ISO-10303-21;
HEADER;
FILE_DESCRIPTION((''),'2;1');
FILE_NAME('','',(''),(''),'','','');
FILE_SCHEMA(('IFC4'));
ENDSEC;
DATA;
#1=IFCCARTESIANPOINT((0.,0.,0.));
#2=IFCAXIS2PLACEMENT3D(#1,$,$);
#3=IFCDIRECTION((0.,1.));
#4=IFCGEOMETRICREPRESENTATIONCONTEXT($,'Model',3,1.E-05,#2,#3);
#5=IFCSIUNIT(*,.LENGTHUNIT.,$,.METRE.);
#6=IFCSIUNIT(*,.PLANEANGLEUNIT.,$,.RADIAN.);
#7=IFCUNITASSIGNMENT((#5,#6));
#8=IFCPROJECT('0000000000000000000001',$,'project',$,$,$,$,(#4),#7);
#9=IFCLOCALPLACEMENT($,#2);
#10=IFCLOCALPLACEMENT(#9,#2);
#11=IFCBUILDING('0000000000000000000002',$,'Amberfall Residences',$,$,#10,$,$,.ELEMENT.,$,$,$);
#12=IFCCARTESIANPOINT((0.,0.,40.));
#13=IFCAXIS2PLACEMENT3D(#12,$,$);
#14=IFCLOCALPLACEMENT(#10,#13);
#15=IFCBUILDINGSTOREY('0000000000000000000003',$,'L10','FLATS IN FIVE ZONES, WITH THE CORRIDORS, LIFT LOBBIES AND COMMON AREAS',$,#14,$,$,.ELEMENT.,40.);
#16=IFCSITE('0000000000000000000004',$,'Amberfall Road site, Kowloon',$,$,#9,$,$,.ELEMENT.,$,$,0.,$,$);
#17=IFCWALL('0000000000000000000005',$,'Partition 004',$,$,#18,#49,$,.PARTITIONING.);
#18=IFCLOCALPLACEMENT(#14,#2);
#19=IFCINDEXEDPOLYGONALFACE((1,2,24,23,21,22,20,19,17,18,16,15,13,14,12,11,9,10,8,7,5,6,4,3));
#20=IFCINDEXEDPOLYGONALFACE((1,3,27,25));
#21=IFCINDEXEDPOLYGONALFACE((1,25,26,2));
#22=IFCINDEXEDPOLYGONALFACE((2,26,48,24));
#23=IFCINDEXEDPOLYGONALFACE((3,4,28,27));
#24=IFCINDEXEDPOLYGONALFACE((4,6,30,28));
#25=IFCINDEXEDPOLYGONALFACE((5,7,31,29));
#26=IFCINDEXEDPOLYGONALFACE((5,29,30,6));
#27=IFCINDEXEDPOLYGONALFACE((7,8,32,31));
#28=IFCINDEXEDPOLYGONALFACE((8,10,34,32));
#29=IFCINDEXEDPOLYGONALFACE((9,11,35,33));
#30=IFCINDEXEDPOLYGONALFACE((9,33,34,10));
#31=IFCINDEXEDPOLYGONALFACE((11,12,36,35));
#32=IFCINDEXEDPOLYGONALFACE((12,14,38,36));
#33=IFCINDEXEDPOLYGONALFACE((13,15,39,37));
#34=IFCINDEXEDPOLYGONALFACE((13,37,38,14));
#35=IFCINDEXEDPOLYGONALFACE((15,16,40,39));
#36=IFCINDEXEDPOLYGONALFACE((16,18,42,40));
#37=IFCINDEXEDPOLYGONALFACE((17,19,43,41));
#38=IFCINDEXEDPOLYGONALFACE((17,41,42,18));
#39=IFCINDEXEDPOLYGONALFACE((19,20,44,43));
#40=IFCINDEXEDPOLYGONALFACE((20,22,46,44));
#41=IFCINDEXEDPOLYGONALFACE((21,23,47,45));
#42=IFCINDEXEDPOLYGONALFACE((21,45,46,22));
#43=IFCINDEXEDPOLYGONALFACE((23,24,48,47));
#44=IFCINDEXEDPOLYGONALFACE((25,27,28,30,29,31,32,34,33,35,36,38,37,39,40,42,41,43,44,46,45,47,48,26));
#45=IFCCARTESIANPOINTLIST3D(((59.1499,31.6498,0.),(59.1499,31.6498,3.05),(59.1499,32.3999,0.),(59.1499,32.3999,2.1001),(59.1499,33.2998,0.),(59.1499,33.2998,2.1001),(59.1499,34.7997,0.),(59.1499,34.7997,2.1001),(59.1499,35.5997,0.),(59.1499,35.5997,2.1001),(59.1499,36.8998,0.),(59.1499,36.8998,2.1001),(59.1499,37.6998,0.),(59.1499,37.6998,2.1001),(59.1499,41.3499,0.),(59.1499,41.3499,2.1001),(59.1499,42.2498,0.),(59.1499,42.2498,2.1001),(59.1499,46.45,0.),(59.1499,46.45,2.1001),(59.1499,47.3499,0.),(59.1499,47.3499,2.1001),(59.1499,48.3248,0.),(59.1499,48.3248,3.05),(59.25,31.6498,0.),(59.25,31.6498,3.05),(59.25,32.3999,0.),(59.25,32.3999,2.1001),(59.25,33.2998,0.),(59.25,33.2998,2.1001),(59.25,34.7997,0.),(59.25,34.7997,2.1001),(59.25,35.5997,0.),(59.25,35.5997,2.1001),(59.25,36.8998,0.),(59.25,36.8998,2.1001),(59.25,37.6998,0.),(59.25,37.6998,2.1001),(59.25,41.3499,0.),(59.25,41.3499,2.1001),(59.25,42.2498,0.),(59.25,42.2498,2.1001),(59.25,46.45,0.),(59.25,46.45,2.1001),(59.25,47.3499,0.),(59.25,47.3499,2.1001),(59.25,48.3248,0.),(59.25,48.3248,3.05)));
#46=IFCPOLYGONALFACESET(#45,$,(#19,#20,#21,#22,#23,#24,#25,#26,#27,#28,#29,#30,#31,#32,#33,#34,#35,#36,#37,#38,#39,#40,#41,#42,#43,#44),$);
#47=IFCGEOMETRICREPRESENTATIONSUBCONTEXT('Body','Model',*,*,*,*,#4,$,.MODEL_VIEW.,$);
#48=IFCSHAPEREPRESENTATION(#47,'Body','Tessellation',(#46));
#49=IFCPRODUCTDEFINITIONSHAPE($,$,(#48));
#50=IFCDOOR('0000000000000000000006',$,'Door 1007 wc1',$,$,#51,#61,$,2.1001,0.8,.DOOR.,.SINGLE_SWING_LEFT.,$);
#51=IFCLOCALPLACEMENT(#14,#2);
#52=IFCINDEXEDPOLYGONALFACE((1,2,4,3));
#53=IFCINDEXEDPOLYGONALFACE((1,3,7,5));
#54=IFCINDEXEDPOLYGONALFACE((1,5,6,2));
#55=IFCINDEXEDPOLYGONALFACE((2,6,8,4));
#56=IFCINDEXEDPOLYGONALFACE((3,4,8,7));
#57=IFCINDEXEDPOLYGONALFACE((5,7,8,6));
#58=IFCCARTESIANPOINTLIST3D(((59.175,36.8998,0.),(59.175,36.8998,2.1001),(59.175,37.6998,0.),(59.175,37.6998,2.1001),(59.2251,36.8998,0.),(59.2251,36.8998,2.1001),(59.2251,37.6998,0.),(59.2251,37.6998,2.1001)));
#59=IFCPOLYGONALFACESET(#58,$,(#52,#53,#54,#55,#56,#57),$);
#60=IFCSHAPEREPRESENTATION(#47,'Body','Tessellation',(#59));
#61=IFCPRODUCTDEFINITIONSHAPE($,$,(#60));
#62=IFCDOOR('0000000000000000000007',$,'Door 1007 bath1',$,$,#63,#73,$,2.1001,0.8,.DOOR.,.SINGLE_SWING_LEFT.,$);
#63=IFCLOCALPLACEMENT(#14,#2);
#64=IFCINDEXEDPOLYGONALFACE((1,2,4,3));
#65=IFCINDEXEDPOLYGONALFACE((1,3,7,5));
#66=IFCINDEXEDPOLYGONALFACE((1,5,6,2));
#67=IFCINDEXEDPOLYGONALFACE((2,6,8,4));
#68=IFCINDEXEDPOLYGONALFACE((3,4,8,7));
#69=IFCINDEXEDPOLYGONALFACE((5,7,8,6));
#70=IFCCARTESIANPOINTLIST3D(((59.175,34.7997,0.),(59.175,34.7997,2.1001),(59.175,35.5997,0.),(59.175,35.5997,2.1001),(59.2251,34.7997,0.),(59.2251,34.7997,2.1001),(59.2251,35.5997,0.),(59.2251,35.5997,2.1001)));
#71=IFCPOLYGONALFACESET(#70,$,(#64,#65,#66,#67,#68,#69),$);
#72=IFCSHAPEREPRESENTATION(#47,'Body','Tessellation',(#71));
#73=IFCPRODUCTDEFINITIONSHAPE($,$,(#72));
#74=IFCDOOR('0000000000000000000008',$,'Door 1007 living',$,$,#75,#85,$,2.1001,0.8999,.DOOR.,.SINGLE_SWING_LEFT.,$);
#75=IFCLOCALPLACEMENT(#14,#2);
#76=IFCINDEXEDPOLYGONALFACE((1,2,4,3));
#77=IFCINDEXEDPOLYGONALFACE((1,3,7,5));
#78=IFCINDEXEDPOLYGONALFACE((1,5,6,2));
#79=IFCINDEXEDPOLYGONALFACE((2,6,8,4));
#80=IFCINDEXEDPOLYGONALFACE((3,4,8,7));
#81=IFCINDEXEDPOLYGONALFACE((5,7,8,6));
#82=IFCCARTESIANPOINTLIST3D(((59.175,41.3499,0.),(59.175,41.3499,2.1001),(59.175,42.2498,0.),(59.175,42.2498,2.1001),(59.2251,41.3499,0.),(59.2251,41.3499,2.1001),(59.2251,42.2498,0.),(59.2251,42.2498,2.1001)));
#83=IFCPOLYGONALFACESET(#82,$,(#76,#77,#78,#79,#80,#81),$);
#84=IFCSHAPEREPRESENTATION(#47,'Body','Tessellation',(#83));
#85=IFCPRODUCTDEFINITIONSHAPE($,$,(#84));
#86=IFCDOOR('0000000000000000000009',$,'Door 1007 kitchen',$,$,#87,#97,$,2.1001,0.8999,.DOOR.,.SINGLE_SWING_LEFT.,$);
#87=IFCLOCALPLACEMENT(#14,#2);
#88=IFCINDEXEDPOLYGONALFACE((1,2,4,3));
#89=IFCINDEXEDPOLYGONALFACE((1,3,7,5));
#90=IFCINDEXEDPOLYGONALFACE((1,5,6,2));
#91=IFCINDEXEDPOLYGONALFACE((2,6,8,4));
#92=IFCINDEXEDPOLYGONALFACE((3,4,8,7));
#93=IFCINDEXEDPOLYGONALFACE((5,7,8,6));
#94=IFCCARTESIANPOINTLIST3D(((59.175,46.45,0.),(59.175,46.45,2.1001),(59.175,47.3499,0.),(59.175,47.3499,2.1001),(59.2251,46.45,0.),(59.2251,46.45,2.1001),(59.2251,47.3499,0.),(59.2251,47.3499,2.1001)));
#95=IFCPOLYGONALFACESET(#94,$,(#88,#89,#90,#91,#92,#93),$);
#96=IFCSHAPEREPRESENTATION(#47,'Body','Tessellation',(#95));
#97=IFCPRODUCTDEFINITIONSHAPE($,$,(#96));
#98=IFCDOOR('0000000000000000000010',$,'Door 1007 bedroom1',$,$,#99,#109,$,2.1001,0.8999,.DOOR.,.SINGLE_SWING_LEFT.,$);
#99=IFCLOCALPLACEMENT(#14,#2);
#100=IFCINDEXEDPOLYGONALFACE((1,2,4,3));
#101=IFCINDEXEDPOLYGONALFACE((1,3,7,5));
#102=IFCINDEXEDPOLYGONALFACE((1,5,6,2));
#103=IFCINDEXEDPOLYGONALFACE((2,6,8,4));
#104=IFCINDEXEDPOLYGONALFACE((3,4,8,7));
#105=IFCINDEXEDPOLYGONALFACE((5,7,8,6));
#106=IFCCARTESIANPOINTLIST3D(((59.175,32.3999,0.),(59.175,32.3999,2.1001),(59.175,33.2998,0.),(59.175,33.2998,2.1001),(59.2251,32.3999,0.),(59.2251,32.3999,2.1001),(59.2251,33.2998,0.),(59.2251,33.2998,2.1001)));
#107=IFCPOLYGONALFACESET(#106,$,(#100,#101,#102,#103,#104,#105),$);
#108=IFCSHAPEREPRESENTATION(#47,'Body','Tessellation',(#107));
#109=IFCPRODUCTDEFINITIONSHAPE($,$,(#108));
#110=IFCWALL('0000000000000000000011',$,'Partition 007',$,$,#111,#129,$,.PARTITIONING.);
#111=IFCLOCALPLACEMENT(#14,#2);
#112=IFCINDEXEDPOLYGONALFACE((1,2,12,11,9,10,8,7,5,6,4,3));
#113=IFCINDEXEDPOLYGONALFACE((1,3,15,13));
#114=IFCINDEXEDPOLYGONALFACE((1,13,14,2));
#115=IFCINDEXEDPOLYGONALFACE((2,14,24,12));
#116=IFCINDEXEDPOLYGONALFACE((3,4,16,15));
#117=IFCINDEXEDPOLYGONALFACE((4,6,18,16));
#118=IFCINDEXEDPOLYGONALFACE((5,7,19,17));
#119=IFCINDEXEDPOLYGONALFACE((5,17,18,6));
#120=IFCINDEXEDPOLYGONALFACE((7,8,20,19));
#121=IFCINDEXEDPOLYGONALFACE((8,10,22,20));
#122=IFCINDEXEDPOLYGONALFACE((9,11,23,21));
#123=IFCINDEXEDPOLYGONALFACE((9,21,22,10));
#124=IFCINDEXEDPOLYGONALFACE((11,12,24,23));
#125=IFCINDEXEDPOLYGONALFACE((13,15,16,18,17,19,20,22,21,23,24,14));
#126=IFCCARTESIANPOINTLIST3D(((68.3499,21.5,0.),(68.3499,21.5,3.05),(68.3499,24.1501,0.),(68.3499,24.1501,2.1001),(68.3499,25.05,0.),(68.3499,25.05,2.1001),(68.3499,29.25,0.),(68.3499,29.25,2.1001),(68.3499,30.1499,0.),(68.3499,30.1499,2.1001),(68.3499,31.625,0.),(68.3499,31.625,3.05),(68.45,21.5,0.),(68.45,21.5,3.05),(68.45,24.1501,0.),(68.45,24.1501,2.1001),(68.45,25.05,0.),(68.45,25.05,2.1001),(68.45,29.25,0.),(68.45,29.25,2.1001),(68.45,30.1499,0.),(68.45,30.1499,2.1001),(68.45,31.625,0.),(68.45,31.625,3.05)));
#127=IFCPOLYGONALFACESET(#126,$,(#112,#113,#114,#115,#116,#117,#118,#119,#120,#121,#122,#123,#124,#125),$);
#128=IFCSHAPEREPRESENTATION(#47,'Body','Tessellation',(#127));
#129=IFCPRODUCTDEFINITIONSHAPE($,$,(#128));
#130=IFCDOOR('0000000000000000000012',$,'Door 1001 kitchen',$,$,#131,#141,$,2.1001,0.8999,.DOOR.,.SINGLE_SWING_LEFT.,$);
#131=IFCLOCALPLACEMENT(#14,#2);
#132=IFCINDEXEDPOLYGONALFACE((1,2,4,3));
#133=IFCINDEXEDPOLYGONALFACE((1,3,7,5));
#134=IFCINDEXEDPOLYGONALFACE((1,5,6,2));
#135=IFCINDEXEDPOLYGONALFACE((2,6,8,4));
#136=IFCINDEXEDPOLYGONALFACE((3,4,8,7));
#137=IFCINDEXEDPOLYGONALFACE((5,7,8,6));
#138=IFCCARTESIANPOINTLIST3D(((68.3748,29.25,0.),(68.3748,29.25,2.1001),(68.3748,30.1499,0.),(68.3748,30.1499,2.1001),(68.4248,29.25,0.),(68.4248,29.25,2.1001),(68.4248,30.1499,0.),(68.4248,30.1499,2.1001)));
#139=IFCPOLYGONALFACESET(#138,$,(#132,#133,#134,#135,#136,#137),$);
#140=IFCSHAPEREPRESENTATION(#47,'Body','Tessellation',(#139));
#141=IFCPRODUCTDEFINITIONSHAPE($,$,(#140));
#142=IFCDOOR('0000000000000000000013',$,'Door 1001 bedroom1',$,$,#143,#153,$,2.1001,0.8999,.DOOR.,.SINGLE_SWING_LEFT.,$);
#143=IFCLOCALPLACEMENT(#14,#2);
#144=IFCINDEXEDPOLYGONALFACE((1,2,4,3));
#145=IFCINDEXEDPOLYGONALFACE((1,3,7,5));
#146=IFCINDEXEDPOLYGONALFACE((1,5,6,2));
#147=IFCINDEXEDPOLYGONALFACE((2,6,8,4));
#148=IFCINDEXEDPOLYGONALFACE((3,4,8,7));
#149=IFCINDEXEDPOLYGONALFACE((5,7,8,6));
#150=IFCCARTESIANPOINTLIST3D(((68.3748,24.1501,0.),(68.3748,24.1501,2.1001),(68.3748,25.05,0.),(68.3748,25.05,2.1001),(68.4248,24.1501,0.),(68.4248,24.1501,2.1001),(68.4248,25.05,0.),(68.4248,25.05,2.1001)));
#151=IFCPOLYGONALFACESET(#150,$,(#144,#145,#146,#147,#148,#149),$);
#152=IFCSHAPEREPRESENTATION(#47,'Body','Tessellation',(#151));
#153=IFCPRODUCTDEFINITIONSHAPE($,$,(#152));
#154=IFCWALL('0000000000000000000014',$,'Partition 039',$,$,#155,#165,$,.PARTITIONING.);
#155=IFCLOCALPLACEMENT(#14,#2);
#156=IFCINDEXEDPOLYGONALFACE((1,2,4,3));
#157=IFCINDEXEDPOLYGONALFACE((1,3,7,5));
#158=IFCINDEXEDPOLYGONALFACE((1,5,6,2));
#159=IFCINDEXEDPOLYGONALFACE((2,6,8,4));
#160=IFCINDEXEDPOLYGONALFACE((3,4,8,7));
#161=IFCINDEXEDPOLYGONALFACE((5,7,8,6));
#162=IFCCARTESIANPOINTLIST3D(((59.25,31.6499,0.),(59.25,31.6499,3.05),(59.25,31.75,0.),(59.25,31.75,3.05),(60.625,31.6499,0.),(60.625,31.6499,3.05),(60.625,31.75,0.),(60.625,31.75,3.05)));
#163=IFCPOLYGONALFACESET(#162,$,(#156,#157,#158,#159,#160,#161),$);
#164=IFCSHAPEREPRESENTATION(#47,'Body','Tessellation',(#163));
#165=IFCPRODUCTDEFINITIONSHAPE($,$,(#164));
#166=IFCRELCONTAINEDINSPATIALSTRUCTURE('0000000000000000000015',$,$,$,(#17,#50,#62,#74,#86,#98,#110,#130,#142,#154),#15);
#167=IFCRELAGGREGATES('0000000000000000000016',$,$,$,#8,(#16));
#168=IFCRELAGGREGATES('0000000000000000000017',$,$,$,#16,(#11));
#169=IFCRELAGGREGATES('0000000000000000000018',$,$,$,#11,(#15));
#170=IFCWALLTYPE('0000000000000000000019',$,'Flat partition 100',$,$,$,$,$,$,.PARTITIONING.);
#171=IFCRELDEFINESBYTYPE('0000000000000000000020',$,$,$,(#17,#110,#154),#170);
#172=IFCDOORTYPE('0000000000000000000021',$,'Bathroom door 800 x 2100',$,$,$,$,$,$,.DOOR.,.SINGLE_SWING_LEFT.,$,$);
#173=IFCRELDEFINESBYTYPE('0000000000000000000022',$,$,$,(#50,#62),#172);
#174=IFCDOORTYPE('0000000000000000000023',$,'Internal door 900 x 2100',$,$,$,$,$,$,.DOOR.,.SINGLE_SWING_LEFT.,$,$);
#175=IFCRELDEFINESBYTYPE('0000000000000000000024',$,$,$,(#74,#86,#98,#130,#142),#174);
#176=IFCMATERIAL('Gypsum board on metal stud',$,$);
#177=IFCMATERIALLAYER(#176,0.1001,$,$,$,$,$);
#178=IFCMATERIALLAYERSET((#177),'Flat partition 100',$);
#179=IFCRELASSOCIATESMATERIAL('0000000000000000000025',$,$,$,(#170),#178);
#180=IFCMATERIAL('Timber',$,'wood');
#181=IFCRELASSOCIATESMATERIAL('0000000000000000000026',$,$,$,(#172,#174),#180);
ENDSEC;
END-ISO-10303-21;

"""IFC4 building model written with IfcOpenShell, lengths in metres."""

from ifc_helpers import new_model, si_unit, direction, frame, frame_2d, origin, place, context, subcontext, project, spatial, rectangle, extrude, material, layer, layer_set, type_object, element, fill, save


model = new_model("IFC4")

# Units and contexts
model_context = context("Model", 3, precision=1e-05, world=origin(), true_north=direction((0.0, 1.0)))
body_context = subcontext(model_context, "Body", "Model", "MODEL_VIEW")
ifc_project = project(units=[si_unit("LENGTHUNIT", "METRE"), si_unit("PLANEANGLEUNIT", "RADIAN")], contexts=[model_context])

# Site, building, storey
site_placement = place(None, origin())
site = spatial("IfcSite", under=ifc_project, at=site_placement, Name="Amberfall Road site, Kowloon", CompositionType="ELEMENT", RefElevation=0.0)
building_placement = place(site_placement, origin())
building = spatial("IfcBuilding", under=site, at=building_placement, Name="Amberfall Residences", CompositionType="ELEMENT")
storey_placement = place(building_placement, frame((0.0, 0.0, 40.0)))
storey = spatial("IfcBuildingStorey", under=building, at=storey_placement, Name="L10", Description="FLATS IN FIVE ZONES, WITH THE CORRIDORS, LIFT LOBBIES AND COMMON AREAS", CompositionType="ELEMENT", Elevation=40.0)

# Walls, openings, doors
ifc_material_1 = material(Name="Gypsum board on metal stud")
ifc_layer_1 = layer(ifc_material_1, 0.1001)
ifc_layer_set_1 = layer_set([ifc_layer_1], Name="Flat partition 100")
wall_type_1 = type_object("IfcWallType", Name="Flat partition 100", PredefinedType="PARTITIONING", material=ifc_layer_set_1)
wall_1_placement = place(storey_placement, frame((59.2, 31.6499, 0.0), z_axis=(0.0, 0.0, 1.0), x_axis=(0.0, 1.0, 0.0)))
wall_1 = element("IfcWall", 1, at=wall_1_placement, inside=storey, type_object=wall_type_1, Name="Partition 004", PredefinedType="PARTITIONING", context=body_context, shape_type="SweptSolid", body=[
    extrude(rectangle(XDim=16.675, YDim=0.1001, at=frame_2d((8.3374, 0.0))), origin(), (0.0, 0.0, 1.0), 3.05),
])
opening_1_placement = place(wall_1_placement, frame((9.7, 0.0, 0.0)))
opening_1 = element("IfcOpeningElement", 2, at=opening_1_placement, cuts=wall_1, PredefinedType="OPENING", context=body_context, shape_type="SweptSolid", body=[
    extrude(rectangle(XDim=0.8999, YDim=2.1001, at=frame_2d((0.45, 1.05))), frame((0.0, 0.0601, 0.0), z_axis=(0.0, -1.0, 0.0), x_axis=(1.0, 0.0, 0.0)), (0.0, 0.0, 1.0), 0.1201),
])
opening_2_placement = place(wall_1_placement, frame((14.8, 0.0, 0.0)))
opening_2 = element("IfcOpeningElement", 3, at=opening_2_placement, cuts=wall_1, PredefinedType="OPENING", context=body_context, shape_type="SweptSolid", body=[
    extrude(rectangle(XDim=0.8999, YDim=2.1001, at=frame_2d((0.45, 1.05))), frame((0.0, 0.0601, 0.0), z_axis=(0.0, -1.0, 0.0), x_axis=(1.0, 0.0, 0.0)), (0.0, 0.0, 1.0), 0.1201),
])
opening_3_placement = place(wall_1_placement, frame((5.25, 0.0, 0.0)))
opening_3 = element("IfcOpeningElement", 4, at=opening_3_placement, cuts=wall_1, PredefinedType="OPENING", context=body_context, shape_type="SweptSolid", body=[
    extrude(rectangle(XDim=0.8, YDim=2.1001, at=frame_2d((0.3999, 1.05))), frame((0.0, 0.0601, 0.0), z_axis=(0.0, -1.0, 0.0), x_axis=(1.0, 0.0, 0.0)), (0.0, 0.0, 1.0), 0.1201),
])
opening_4_placement = place(wall_1_placement, frame((0.75, 0.0, 0.0)))
opening_4 = element("IfcOpeningElement", 5, at=opening_4_placement, cuts=wall_1, PredefinedType="OPENING", context=body_context, shape_type="SweptSolid", body=[
    extrude(rectangle(XDim=0.8999, YDim=2.1001, at=frame_2d((0.45, 1.05))), frame((0.0, 0.0601, 0.0), z_axis=(0.0, -1.0, 0.0), x_axis=(1.0, 0.0, 0.0)), (0.0, 0.0, 1.0), 0.1201),
])
opening_5_placement = place(wall_1_placement, frame((3.1499, 0.0, 0.0)))
opening_5 = element("IfcOpeningElement", 6, at=opening_5_placement, cuts=wall_1, PredefinedType="OPENING", context=body_context, shape_type="SweptSolid", body=[
    extrude(rectangle(XDim=0.8, YDim=2.1001, at=frame_2d((0.3999, 1.05))), frame((0.0, 0.0601, 0.0), z_axis=(0.0, -1.0, 0.0), x_axis=(1.0, 0.0, 0.0)), (0.0, 0.0, 1.0), 0.1201),
])
ifc_material_2 = material(Name="Timber", Category="wood")
door_type_1 = type_object("IfcDoorType", Name="Bathroom door 800 x 2100", OperationType="SINGLE_SWING_LEFT", PredefinedType="DOOR", material=ifc_material_2)
door_1_placement = place(opening_3_placement, origin())
door_1 = element("IfcDoor", 7, at=door_1_placement, inside=storey, type_object=door_type_1, Name="Door 1007 wc1", OperationType="SINGLE_SWING_LEFT", OverallHeight=2.1001, OverallWidth=0.8, PredefinedType="DOOR", context=body_context, shape_type="SweptSolid", body=[
    extrude(rectangle(XDim=0.8, YDim=2.1001, at=frame_2d((0.3999, 1.05))), frame((0.0, 0.0249, 0.0), z_axis=(0.0, -1.0, 0.0), x_axis=(1.0, 0.0, 0.0)), (0.0, 0.0, 1.0), 0.05),
])
fill(opening_3, door_1)
door_2_placement = place(opening_5_placement, origin())
door_2 = element("IfcDoor", 8, at=door_2_placement, inside=storey, type_object=door_type_1, Name="Door 1007 bath1", OperationType="SINGLE_SWING_LEFT", OverallHeight=2.1001, OverallWidth=0.8, PredefinedType="DOOR", context=body_context, shape_type="SweptSolid", body=[
    extrude(rectangle(XDim=0.8, YDim=2.1001, at=frame_2d((0.3999, 1.05))), frame((0.0, 0.0249, 0.0), z_axis=(0.0, -1.0, 0.0), x_axis=(1.0, 0.0, 0.0)), (0.0, 0.0, 1.0), 0.05),
])
fill(opening_5, door_2)
door_type_2 = type_object("IfcDoorType", Name="Internal door 900 x 2100", OperationType="SINGLE_SWING_LEFT", PredefinedType="DOOR", material=ifc_material_2)
door_3_placement = place(opening_1_placement, origin())
door_3 = element("IfcDoor", 9, at=door_3_placement, inside=storey, type_object=door_type_2, Name="Door 1007 living", OperationType="SINGLE_SWING_LEFT", OverallHeight=2.1001, OverallWidth=0.8999, PredefinedType="DOOR", context=body_context, shape_type="SweptSolid", body=[
    extrude(rectangle(XDim=0.8999, YDim=2.1001, at=frame_2d((0.45, 1.05))), frame((0.0, 0.0249, 0.0), z_axis=(0.0, -1.0, 0.0), x_axis=(1.0, 0.0, 0.0)), (0.0, 0.0, 1.0), 0.05),
])
fill(opening_1, door_3)
door_4_placement = place(opening_2_placement, origin())
door_4 = element("IfcDoor", 10, at=door_4_placement, inside=storey, type_object=door_type_2, Name="Door 1007 kitchen", OperationType="SINGLE_SWING_LEFT", OverallHeight=2.1001, OverallWidth=0.8999, PredefinedType="DOOR", context=body_context, shape_type="SweptSolid", body=[
    extrude(rectangle(XDim=0.8999, YDim=2.1001, at=frame_2d((0.45, 1.05))), frame((0.0, 0.0249, 0.0), z_axis=(0.0, -1.0, 0.0), x_axis=(1.0, 0.0, 0.0)), (0.0, 0.0, 1.0), 0.05),
])
fill(opening_2, door_4)
door_5_placement = place(opening_4_placement, origin())
door_5 = element("IfcDoor", 11, at=door_5_placement, inside=storey, type_object=door_type_2, Name="Door 1007 bedroom1", OperationType="SINGLE_SWING_LEFT", OverallHeight=2.1001, OverallWidth=0.8999, PredefinedType="DOOR", context=body_context, shape_type="SweptSolid", body=[
    extrude(rectangle(XDim=0.8999, YDim=2.1001, at=frame_2d((0.45, 1.05))), frame((0.0, 0.0249, 0.0), z_axis=(0.0, -1.0, 0.0), x_axis=(1.0, 0.0, 0.0)), (0.0, 0.0, 1.0), 0.05),
])
fill(opening_4, door_5)
wall_2_placement = place(storey_placement, frame((68.3999, 31.625, 0.0), z_axis=(0.0, 0.0, 1.0), x_axis=(0.0, -1.0, 0.0)))
wall_2 = element("IfcWall", 12, at=wall_2_placement, inside=storey, type_object=wall_type_1, Name="Partition 007", PredefinedType="PARTITIONING", context=body_context, shape_type="SweptSolid", body=[
    extrude(rectangle(XDim=10.125, YDim=0.1001, at=frame_2d((5.0625, 0.0))), origin(), (0.0, 0.0, 1.0), 3.05),
])
opening_6_placement = place(wall_2_placement, frame((1.4751, 0.0, 0.0)))
opening_6 = element("IfcOpeningElement", 13, at=opening_6_placement, cuts=wall_2, PredefinedType="OPENING", context=body_context, shape_type="SweptSolid", body=[
    extrude(rectangle(XDim=0.8999, YDim=2.1001, at=frame_2d((0.45, 1.05))), frame((0.0, 0.0601, 0.0), z_axis=(0.0, -1.0, 0.0), x_axis=(1.0, 0.0, 0.0)), (0.0, 0.0, 1.0), 0.1201),
])
opening_7_placement = place(wall_2_placement, frame((6.575, 0.0, 0.0)))
opening_7 = element("IfcOpeningElement", 14, at=opening_7_placement, cuts=wall_2, PredefinedType="OPENING", context=body_context, shape_type="SweptSolid", body=[
    extrude(rectangle(XDim=0.8999, YDim=2.1001, at=frame_2d((0.45, 1.05))), frame((0.0, 0.0601, 0.0), z_axis=(0.0, -1.0, 0.0), x_axis=(1.0, 0.0, 0.0)), (0.0, 0.0, 1.0), 0.1201),
])
door_6_placement = place(opening_6_placement, origin())
door_6 = element("IfcDoor", 15, at=door_6_placement, inside=storey, type_object=door_type_2, Name="Door 1001 kitchen", OperationType="SINGLE_SWING_LEFT", OverallHeight=2.1001, OverallWidth=0.8999, PredefinedType="DOOR", context=body_context, shape_type="SweptSolid", body=[
    extrude(rectangle(XDim=0.8999, YDim=2.1001, at=frame_2d((0.45, 1.05))), frame((0.0, 0.0249, 0.0), z_axis=(0.0, -1.0, 0.0), x_axis=(1.0, 0.0, 0.0)), (0.0, 0.0, 1.0), 0.05),
])
fill(opening_6, door_6)
door_7_placement = place(opening_7_placement, origin())
door_7 = element("IfcDoor", 16, at=door_7_placement, inside=storey, type_object=door_type_2, Name="Door 1001 bedroom1", OperationType="SINGLE_SWING_LEFT", OverallHeight=2.1001, OverallWidth=0.8999, PredefinedType="DOOR", context=body_context, shape_type="SweptSolid", body=[
    extrude(rectangle(XDim=0.8999, YDim=2.1001, at=frame_2d((0.45, 1.05))), frame((0.0, 0.0249, 0.0), z_axis=(0.0, -1.0, 0.0), x_axis=(1.0, 0.0, 0.0)), (0.0, 0.0, 1.0), 0.05),
])
fill(opening_7, door_7)

# Wall
wall_3_placement = place(storey_placement, frame((59.25, 31.7, 0.0), z_axis=(0.0, 0.0, 1.0), x_axis=(1.0, 0.0, 0.0)))
element("IfcWall", 17, at=wall_3_placement, inside=storey, type_object=wall_type_1, Name="Partition 039", PredefinedType="PARTITIONING", context=body_context, shape_type="SweptSolid", body=[
    extrude(rectangle(XDim=1.375, YDim=0.1001, at=frame_2d((0.6875, 0.0))), origin(), (0.0, 0.0, 1.0), 3.05),
])

save(model, "model.ifc")
